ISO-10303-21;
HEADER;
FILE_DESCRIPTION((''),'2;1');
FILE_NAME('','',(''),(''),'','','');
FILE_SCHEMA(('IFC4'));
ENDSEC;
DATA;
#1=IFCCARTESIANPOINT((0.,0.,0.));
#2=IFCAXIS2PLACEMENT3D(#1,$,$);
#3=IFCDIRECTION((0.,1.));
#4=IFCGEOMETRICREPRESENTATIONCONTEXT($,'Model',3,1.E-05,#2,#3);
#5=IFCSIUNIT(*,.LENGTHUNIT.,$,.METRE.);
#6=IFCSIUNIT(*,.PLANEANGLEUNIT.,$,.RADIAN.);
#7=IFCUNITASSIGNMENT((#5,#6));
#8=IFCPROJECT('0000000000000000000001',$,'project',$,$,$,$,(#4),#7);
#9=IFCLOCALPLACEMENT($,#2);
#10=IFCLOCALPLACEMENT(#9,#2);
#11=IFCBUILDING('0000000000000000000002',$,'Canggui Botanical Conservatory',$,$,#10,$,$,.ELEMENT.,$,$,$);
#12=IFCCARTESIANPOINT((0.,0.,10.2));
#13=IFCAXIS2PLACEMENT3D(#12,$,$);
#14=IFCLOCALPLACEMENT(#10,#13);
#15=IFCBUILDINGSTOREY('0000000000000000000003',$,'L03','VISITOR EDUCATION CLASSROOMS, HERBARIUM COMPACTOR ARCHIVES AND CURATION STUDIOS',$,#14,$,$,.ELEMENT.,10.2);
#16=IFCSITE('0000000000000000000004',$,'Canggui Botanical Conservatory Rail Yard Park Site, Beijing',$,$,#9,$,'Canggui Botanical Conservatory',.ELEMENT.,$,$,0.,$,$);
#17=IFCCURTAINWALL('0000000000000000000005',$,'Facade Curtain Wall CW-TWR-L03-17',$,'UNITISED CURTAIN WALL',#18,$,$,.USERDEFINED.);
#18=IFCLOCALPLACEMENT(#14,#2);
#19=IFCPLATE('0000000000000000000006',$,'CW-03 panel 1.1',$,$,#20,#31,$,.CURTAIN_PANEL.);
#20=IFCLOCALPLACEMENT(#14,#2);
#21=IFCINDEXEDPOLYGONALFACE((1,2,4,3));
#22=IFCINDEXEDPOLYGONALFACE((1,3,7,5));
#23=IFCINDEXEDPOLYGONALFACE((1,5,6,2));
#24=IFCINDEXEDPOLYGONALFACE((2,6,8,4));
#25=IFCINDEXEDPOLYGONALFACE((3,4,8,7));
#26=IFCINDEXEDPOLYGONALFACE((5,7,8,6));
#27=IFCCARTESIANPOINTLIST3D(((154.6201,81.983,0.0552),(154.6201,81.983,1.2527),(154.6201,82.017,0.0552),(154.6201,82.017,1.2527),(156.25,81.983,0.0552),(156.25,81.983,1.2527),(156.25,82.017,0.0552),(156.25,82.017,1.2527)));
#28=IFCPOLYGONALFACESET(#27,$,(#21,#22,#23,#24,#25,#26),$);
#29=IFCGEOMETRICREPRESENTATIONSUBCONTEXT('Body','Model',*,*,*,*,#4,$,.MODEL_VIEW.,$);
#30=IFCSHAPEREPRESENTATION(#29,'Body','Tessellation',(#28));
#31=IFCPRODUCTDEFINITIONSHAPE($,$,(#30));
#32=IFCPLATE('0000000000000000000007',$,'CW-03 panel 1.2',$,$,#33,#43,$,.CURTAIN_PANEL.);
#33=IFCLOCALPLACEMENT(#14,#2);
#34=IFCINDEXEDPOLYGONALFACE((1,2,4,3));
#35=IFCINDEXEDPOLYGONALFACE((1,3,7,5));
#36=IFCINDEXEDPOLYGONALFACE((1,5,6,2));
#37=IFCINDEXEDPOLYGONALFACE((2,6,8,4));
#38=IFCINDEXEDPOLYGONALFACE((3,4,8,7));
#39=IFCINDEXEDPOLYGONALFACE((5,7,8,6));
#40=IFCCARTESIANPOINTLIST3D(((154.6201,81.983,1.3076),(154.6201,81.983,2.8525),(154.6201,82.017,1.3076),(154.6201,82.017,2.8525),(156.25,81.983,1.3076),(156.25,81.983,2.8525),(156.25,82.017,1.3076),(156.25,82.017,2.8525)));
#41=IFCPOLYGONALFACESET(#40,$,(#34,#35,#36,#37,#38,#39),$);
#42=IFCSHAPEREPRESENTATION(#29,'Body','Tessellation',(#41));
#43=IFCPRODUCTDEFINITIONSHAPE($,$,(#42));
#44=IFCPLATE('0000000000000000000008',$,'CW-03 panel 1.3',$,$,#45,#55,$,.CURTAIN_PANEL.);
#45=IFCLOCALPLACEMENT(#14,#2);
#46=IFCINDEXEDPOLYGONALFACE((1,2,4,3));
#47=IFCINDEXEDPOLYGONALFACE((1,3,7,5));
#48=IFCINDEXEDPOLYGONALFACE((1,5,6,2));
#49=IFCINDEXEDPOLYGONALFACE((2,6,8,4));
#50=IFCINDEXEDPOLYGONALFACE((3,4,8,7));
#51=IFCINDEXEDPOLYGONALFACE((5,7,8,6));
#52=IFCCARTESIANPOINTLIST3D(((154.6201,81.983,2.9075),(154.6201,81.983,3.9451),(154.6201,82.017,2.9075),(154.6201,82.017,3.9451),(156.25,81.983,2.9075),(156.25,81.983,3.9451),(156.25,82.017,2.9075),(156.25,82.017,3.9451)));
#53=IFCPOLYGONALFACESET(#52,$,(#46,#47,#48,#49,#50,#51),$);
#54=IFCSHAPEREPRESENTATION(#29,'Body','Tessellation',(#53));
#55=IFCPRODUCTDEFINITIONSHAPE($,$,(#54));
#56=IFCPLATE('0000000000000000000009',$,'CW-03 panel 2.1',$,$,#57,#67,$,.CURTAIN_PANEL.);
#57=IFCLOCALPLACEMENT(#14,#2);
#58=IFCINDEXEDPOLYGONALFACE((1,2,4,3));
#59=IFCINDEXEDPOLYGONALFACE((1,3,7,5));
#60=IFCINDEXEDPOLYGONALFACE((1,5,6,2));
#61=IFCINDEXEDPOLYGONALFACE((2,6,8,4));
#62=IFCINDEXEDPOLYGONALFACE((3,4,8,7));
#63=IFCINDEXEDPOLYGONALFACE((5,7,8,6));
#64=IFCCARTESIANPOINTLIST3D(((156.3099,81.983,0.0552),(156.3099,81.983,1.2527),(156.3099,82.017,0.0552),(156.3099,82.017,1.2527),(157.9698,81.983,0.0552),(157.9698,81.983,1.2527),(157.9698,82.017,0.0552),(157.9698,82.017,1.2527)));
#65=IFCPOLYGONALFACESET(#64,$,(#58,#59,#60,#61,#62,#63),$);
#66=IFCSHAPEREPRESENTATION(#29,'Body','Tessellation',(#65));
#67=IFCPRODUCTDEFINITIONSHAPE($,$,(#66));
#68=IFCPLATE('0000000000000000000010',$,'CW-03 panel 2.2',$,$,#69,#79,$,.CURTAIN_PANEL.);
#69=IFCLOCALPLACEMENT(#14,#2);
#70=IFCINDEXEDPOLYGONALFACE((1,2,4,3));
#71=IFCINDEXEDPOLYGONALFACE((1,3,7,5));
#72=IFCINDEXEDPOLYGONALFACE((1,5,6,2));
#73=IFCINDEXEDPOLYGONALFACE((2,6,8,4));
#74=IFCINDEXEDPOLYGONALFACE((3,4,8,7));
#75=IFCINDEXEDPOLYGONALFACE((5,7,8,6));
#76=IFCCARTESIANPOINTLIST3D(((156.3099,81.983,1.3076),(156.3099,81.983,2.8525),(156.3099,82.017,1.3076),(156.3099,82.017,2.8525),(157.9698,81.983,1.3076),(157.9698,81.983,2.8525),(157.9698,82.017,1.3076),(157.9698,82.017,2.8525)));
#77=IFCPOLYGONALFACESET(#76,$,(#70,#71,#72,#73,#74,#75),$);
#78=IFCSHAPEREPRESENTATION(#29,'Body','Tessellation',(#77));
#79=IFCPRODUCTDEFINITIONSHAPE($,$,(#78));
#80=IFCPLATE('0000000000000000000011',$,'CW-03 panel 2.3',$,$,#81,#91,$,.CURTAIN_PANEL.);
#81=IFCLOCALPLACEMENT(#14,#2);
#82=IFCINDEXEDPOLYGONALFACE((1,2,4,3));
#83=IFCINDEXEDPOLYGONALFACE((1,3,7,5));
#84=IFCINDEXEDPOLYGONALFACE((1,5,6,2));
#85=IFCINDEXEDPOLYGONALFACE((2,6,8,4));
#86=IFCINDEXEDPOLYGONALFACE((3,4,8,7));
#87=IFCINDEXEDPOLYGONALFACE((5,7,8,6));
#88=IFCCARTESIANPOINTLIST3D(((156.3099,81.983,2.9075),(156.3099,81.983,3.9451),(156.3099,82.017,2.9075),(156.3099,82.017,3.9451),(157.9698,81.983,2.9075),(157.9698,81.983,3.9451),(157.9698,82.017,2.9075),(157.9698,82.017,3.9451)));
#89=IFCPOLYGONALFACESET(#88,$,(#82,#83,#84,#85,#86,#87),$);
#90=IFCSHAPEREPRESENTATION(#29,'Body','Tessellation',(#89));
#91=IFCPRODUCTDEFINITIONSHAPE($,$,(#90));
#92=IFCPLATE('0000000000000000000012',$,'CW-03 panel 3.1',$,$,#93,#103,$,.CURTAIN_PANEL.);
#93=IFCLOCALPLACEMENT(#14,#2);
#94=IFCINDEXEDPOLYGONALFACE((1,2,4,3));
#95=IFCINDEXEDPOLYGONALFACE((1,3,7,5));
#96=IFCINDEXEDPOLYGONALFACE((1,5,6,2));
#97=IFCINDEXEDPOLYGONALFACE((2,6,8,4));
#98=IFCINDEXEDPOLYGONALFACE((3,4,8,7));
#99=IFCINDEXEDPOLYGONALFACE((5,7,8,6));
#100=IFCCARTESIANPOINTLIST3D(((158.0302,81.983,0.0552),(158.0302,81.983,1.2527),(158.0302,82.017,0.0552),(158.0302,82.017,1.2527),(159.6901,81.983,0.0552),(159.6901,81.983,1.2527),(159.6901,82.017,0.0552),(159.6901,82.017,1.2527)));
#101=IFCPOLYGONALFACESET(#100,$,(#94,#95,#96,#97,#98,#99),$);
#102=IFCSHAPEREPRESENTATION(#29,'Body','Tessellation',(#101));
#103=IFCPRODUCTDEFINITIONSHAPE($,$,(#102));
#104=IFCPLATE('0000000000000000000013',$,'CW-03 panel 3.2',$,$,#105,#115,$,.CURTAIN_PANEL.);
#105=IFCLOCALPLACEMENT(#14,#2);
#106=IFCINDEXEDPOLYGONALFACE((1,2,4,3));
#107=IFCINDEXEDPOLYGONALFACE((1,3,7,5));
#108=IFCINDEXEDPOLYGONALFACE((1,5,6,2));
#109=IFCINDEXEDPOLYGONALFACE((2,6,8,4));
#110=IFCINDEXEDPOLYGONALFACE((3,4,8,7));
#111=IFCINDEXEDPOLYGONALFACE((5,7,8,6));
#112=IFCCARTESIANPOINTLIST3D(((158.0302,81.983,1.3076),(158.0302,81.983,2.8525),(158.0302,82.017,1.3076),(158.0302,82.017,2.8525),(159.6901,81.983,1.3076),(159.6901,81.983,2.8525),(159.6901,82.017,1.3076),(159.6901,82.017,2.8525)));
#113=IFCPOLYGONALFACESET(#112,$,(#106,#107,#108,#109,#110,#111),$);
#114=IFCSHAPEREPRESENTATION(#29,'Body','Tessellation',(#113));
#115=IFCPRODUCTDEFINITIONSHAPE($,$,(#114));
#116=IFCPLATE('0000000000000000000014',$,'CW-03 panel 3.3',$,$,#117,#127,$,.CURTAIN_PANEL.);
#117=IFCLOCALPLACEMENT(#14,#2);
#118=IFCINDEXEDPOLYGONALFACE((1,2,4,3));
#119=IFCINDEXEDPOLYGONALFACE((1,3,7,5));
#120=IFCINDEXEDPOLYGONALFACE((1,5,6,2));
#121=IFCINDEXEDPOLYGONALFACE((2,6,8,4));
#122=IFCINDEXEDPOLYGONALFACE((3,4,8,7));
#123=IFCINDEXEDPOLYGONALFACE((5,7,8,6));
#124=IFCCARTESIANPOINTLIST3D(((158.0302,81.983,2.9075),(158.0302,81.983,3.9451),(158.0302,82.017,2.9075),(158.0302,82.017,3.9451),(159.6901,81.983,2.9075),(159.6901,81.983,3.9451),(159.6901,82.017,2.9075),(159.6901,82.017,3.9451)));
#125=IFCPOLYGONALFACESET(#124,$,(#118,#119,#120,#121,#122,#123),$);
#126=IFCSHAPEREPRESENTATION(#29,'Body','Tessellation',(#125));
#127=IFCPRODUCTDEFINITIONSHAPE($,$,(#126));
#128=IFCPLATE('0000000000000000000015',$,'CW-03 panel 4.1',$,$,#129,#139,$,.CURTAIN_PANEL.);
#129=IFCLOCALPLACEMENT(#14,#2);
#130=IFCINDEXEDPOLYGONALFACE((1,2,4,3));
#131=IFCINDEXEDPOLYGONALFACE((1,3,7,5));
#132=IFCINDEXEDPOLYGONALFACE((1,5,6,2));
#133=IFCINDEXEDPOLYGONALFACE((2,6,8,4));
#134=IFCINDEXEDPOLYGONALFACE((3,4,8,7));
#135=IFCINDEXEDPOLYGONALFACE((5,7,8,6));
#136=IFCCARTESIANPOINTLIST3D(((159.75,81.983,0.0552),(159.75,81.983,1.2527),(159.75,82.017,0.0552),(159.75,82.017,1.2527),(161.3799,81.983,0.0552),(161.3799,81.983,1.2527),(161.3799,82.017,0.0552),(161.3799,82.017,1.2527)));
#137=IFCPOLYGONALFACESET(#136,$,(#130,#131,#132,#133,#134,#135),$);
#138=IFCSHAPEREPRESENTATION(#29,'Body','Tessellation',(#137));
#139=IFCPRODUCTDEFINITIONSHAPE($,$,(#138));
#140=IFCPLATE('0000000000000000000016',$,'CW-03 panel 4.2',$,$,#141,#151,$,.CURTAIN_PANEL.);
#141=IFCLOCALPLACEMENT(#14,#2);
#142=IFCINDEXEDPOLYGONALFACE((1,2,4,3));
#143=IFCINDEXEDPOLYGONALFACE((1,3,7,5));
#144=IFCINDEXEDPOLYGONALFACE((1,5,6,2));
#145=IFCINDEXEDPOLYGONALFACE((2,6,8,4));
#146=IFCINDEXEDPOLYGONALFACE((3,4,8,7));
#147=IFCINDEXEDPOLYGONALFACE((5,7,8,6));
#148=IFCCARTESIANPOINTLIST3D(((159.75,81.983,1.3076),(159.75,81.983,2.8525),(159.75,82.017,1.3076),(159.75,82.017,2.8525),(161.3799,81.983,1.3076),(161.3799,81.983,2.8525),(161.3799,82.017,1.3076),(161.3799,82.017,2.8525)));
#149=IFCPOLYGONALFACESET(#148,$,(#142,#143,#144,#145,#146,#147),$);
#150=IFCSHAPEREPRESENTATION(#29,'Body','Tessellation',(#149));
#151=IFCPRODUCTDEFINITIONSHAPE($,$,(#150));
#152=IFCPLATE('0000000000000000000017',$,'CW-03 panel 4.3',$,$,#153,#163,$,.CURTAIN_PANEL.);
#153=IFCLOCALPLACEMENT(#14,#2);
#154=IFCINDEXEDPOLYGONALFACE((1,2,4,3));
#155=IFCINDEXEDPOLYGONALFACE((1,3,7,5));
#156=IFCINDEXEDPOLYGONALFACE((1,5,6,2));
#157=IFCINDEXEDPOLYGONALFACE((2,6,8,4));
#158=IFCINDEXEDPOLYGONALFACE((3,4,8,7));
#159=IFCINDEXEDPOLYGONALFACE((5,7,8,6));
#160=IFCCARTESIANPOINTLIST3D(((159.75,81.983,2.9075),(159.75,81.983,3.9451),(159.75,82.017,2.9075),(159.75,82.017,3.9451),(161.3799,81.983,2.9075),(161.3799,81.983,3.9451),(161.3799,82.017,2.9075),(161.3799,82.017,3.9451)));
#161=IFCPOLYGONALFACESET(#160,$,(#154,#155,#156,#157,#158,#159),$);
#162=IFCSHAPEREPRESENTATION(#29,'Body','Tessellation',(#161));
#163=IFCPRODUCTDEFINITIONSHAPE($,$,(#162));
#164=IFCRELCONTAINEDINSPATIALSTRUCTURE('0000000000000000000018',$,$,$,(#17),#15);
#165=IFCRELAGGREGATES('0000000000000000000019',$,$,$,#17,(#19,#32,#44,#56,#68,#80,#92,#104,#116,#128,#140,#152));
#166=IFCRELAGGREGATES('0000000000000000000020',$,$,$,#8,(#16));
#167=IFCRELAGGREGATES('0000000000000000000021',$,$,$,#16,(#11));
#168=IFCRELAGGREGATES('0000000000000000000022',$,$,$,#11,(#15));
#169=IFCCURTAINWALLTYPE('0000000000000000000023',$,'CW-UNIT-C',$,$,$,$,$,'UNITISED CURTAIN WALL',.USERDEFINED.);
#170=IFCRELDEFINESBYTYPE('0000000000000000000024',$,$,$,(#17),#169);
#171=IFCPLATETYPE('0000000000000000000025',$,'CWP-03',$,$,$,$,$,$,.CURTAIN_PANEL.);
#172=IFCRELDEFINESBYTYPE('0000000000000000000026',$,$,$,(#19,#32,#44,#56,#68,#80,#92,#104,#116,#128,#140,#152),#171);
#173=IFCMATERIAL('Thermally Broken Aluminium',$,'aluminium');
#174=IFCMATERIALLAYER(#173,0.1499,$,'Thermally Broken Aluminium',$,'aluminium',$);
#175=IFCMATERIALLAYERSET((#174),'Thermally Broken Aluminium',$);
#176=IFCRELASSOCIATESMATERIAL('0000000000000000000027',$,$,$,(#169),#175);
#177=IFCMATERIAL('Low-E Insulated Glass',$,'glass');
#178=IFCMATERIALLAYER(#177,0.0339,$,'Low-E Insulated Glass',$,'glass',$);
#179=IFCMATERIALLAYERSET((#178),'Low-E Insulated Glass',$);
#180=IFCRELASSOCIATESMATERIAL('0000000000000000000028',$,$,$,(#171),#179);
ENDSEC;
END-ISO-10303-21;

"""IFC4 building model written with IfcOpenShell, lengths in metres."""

from ifc_helpers import new_model, si_unit, direction, frame, origin, origin_2d, place, context, subcontext, project, spatial, rectangle, extrude, material, layer, layer_set, type_object, element, aggregate, save


model = new_model("IFC4")

# Units and contexts
model_context = context("Model", 3, precision=1e-05, world=origin(), true_north=direction((0.0, 1.0)))
body_context = subcontext(model_context, "Body", "Model", "MODEL_VIEW")
ifc_project = project(units=[si_unit("LENGTHUNIT", "METRE"), si_unit("PLANEANGLEUNIT", "RADIAN")], contexts=[model_context])

# Site, building, storey
site_placement = place(None, origin())
site = spatial("IfcSite", under=ifc_project, at=site_placement, Name="Canggui Botanical Conservatory Rail Yard Park Site, Beijing", LongName="Canggui Botanical Conservatory", CompositionType="ELEMENT", RefElevation=0.0)
building_placement = place(site_placement, origin())
building = spatial("IfcBuilding", under=site, at=building_placement, Name="Canggui Botanical Conservatory", CompositionType="ELEMENT")
storey_placement = place(building_placement, frame((0.0, 0.0, 10.2)))
storey = spatial("IfcBuildingStorey", under=building, at=storey_placement, Name="L03", Description="VISITOR EDUCATION CLASSROOMS, HERBARIUM COMPACTOR ARCHIVES AND CURATION STUDIOS", CompositionType="ELEMENT", Elevation=10.2)

# Curtain wall, plates
ifc_material_1 = material(Name="Thermally Broken Aluminium", Category="aluminium")
ifc_layer_1 = layer(ifc_material_1, 0.1499, Name="Thermally Broken Aluminium", Category="aluminium")
ifc_layer_set_1 = layer_set([ifc_layer_1], Name="Thermally Broken Aluminium")
curtain_wall_type = type_object("IfcCurtainWallType", Name="CW-UNIT-C", ElementType="UNITISED CURTAIN WALL", PredefinedType="USERDEFINED", material=ifc_layer_set_1)
curtain_wall_placement = place(storey_placement, origin())
curtain_wall = element("IfcCurtainWall", 1, at=curtain_wall_placement, inside=storey, type_object=curtain_wall_type, Name="Facade Curtain Wall CW-TWR-L03-17", ObjectType="UNITISED CURTAIN WALL", PredefinedType="USERDEFINED")
ifc_material_2 = material(Name="Low-E Insulated Glass", Category="glass")
ifc_layer_2 = layer(ifc_material_2, 0.0339, Name="Low-E Insulated Glass", Category="glass")
ifc_layer_set_2 = layer_set([ifc_layer_2], Name="Low-E Insulated Glass")
plate_type = type_object("IfcPlateType", Name="CWP-03", PredefinedType="CURTAIN_PANEL", material=ifc_layer_set_2)
plate_1_placement = place(storey_placement, frame((155.4351, 82.0, 0.0552), z_axis=(0.0, 0.0, 1.0), x_axis=(1.0, 0.0, 0.0)))
plate_1 = element("IfcPlate", 2, at=plate_1_placement, type_object=plate_type, Name="CW-03 panel 1.1", PredefinedType="CURTAIN_PANEL", context=body_context, shape_type="SweptSolid", body=[
    extrude(rectangle(XDim=1.6299, YDim=0.0339, at=origin_2d()), origin(), (0.0, 0.0, 1.0), 1.1975),
])
plate_2_placement = place(storey_placement, frame((155.4351, 82.0, 1.3076), z_axis=(0.0, 0.0, 1.0), x_axis=(1.0, 0.0, 0.0)))
plate_2 = element("IfcPlate", 3, at=plate_2_placement, type_object=plate_type, Name="CW-03 panel 1.2", PredefinedType="CURTAIN_PANEL", context=body_context, shape_type="SweptSolid", body=[
    extrude(rectangle(XDim=1.6299, YDim=0.0339, at=origin_2d()), origin(), (0.0, 0.0, 1.0), 1.5449),
])
plate_3_placement = place(storey_placement, frame((155.4351, 82.0, 2.9075), z_axis=(0.0, 0.0, 1.0), x_axis=(1.0, 0.0, 0.0)))
plate_3 = element("IfcPlate", 4, at=plate_3_placement, type_object=plate_type, Name="CW-03 panel 1.3", PredefinedType="CURTAIN_PANEL", context=body_context, shape_type="SweptSolid", body=[
    extrude(rectangle(XDim=1.6299, YDim=0.0339, at=origin_2d()), origin(), (0.0, 0.0, 1.0), 1.0376),
])
plate_4_placement = place(storey_placement, frame((157.1399, 82.0, 0.0552), z_axis=(0.0, 0.0, 1.0), x_axis=(1.0, 0.0, 0.0)))
plate_4 = element("IfcPlate", 5, at=plate_4_placement, type_object=plate_type, Name="CW-03 panel 2.1", PredefinedType="CURTAIN_PANEL", context=body_context, shape_type="SweptSolid", body=[
    extrude(rectangle(XDim=1.6599, YDim=0.0339, at=origin_2d()), origin(), (0.0, 0.0, 1.0), 1.1975),
])
plate_5_placement = place(storey_placement, frame((157.1399, 82.0, 1.3076), z_axis=(0.0, 0.0, 1.0), x_axis=(1.0, 0.0, 0.0)))
plate_5 = element("IfcPlate", 6, at=plate_5_placement, type_object=plate_type, Name="CW-03 panel 2.2", PredefinedType="CURTAIN_PANEL", context=body_context, shape_type="SweptSolid", body=[
    extrude(rectangle(XDim=1.6599, YDim=0.0339, at=origin_2d()), origin(), (0.0, 0.0, 1.0), 1.5449),
])
plate_6_placement = place(storey_placement, frame((157.1399, 82.0, 2.9075), z_axis=(0.0, 0.0, 1.0), x_axis=(1.0, 0.0, 0.0)))
plate_6 = element("IfcPlate", 7, at=plate_6_placement, type_object=plate_type, Name="CW-03 panel 2.3", PredefinedType="CURTAIN_PANEL", context=body_context, shape_type="SweptSolid", body=[
    extrude(rectangle(XDim=1.6599, YDim=0.0339, at=origin_2d()), origin(), (0.0, 0.0, 1.0), 1.0376),
])
plate_7_placement = place(storey_placement, frame((158.8601, 82.0, 0.0552), z_axis=(0.0, 0.0, 1.0), x_axis=(1.0, 0.0, 0.0)))
plate_7 = element("IfcPlate", 8, at=plate_7_placement, type_object=plate_type, Name="CW-03 panel 3.1", PredefinedType="CURTAIN_PANEL", context=body_context, shape_type="SweptSolid", body=[
    extrude(rectangle(XDim=1.6599, YDim=0.0339, at=origin_2d()), origin(), (0.0, 0.0, 1.0), 1.1975),
])
plate_8_placement = place(storey_placement, frame((158.8601, 82.0, 1.3076), z_axis=(0.0, 0.0, 1.0), x_axis=(1.0, 0.0, 0.0)))
plate_8 = element("IfcPlate", 9, at=plate_8_placement, type_object=plate_type, Name="CW-03 panel 3.2", PredefinedType="CURTAIN_PANEL", context=body_context, shape_type="SweptSolid", body=[
    extrude(rectangle(XDim=1.6599, YDim=0.0339, at=origin_2d()), origin(), (0.0, 0.0, 1.0), 1.5449),
])
plate_9_placement = place(storey_placement, frame((158.8601, 82.0, 2.9075), z_axis=(0.0, 0.0, 1.0), x_axis=(1.0, 0.0, 0.0)))
plate_9 = element("IfcPlate", 10, at=plate_9_placement, type_object=plate_type, Name="CW-03 panel 3.3", PredefinedType="CURTAIN_PANEL", context=body_context, shape_type="SweptSolid", body=[
    extrude(rectangle(XDim=1.6599, YDim=0.0339, at=origin_2d()), origin(), (0.0, 0.0, 1.0), 1.0376),
])
plate_10_placement = place(storey_placement, frame((160.5649, 82.0, 0.0552), z_axis=(0.0, 0.0, 1.0), x_axis=(1.0, 0.0, 0.0)))
plate_10 = element("IfcPlate", 11, at=plate_10_placement, type_object=plate_type, Name="CW-03 panel 4.1", PredefinedType="CURTAIN_PANEL", context=body_context, shape_type="SweptSolid", body=[
    extrude(rectangle(XDim=1.6299, YDim=0.0339, at=origin_2d()), origin(), (0.0, 0.0, 1.0), 1.1975),
])
plate_11_placement = place(storey_placement, frame((160.5649, 82.0, 1.3076), z_axis=(0.0, 0.0, 1.0), x_axis=(1.0, 0.0, 0.0)))
plate_11 = element("IfcPlate", 12, at=plate_11_placement, type_object=plate_type, Name="CW-03 panel 4.2", PredefinedType="CURTAIN_PANEL", context=body_context, shape_type="SweptSolid", body=[
    extrude(rectangle(XDim=1.6299, YDim=0.0339, at=origin_2d()), origin(), (0.0, 0.0, 1.0), 1.5449),
])
plate_12_placement = place(storey_placement, frame((160.5649, 82.0, 2.9075), z_axis=(0.0, 0.0, 1.0), x_axis=(1.0, 0.0, 0.0)))
plate_12 = element("IfcPlate", 13, at=plate_12_placement, type_object=plate_type, Name="CW-03 panel 4.3", PredefinedType="CURTAIN_PANEL", context=body_context, shape_type="SweptSolid", body=[
    extrude(rectangle(XDim=1.6299, YDim=0.0339, at=origin_2d()), origin(), (0.0, 0.0, 1.0), 1.0376),
])
aggregate(curtain_wall, [plate_1, plate_2, plate_3, plate_4, plate_5, plate_6, plate_7, plate_8, plate_9, plate_10, plate_11, plate_12])

save(model, "model.ifc")
